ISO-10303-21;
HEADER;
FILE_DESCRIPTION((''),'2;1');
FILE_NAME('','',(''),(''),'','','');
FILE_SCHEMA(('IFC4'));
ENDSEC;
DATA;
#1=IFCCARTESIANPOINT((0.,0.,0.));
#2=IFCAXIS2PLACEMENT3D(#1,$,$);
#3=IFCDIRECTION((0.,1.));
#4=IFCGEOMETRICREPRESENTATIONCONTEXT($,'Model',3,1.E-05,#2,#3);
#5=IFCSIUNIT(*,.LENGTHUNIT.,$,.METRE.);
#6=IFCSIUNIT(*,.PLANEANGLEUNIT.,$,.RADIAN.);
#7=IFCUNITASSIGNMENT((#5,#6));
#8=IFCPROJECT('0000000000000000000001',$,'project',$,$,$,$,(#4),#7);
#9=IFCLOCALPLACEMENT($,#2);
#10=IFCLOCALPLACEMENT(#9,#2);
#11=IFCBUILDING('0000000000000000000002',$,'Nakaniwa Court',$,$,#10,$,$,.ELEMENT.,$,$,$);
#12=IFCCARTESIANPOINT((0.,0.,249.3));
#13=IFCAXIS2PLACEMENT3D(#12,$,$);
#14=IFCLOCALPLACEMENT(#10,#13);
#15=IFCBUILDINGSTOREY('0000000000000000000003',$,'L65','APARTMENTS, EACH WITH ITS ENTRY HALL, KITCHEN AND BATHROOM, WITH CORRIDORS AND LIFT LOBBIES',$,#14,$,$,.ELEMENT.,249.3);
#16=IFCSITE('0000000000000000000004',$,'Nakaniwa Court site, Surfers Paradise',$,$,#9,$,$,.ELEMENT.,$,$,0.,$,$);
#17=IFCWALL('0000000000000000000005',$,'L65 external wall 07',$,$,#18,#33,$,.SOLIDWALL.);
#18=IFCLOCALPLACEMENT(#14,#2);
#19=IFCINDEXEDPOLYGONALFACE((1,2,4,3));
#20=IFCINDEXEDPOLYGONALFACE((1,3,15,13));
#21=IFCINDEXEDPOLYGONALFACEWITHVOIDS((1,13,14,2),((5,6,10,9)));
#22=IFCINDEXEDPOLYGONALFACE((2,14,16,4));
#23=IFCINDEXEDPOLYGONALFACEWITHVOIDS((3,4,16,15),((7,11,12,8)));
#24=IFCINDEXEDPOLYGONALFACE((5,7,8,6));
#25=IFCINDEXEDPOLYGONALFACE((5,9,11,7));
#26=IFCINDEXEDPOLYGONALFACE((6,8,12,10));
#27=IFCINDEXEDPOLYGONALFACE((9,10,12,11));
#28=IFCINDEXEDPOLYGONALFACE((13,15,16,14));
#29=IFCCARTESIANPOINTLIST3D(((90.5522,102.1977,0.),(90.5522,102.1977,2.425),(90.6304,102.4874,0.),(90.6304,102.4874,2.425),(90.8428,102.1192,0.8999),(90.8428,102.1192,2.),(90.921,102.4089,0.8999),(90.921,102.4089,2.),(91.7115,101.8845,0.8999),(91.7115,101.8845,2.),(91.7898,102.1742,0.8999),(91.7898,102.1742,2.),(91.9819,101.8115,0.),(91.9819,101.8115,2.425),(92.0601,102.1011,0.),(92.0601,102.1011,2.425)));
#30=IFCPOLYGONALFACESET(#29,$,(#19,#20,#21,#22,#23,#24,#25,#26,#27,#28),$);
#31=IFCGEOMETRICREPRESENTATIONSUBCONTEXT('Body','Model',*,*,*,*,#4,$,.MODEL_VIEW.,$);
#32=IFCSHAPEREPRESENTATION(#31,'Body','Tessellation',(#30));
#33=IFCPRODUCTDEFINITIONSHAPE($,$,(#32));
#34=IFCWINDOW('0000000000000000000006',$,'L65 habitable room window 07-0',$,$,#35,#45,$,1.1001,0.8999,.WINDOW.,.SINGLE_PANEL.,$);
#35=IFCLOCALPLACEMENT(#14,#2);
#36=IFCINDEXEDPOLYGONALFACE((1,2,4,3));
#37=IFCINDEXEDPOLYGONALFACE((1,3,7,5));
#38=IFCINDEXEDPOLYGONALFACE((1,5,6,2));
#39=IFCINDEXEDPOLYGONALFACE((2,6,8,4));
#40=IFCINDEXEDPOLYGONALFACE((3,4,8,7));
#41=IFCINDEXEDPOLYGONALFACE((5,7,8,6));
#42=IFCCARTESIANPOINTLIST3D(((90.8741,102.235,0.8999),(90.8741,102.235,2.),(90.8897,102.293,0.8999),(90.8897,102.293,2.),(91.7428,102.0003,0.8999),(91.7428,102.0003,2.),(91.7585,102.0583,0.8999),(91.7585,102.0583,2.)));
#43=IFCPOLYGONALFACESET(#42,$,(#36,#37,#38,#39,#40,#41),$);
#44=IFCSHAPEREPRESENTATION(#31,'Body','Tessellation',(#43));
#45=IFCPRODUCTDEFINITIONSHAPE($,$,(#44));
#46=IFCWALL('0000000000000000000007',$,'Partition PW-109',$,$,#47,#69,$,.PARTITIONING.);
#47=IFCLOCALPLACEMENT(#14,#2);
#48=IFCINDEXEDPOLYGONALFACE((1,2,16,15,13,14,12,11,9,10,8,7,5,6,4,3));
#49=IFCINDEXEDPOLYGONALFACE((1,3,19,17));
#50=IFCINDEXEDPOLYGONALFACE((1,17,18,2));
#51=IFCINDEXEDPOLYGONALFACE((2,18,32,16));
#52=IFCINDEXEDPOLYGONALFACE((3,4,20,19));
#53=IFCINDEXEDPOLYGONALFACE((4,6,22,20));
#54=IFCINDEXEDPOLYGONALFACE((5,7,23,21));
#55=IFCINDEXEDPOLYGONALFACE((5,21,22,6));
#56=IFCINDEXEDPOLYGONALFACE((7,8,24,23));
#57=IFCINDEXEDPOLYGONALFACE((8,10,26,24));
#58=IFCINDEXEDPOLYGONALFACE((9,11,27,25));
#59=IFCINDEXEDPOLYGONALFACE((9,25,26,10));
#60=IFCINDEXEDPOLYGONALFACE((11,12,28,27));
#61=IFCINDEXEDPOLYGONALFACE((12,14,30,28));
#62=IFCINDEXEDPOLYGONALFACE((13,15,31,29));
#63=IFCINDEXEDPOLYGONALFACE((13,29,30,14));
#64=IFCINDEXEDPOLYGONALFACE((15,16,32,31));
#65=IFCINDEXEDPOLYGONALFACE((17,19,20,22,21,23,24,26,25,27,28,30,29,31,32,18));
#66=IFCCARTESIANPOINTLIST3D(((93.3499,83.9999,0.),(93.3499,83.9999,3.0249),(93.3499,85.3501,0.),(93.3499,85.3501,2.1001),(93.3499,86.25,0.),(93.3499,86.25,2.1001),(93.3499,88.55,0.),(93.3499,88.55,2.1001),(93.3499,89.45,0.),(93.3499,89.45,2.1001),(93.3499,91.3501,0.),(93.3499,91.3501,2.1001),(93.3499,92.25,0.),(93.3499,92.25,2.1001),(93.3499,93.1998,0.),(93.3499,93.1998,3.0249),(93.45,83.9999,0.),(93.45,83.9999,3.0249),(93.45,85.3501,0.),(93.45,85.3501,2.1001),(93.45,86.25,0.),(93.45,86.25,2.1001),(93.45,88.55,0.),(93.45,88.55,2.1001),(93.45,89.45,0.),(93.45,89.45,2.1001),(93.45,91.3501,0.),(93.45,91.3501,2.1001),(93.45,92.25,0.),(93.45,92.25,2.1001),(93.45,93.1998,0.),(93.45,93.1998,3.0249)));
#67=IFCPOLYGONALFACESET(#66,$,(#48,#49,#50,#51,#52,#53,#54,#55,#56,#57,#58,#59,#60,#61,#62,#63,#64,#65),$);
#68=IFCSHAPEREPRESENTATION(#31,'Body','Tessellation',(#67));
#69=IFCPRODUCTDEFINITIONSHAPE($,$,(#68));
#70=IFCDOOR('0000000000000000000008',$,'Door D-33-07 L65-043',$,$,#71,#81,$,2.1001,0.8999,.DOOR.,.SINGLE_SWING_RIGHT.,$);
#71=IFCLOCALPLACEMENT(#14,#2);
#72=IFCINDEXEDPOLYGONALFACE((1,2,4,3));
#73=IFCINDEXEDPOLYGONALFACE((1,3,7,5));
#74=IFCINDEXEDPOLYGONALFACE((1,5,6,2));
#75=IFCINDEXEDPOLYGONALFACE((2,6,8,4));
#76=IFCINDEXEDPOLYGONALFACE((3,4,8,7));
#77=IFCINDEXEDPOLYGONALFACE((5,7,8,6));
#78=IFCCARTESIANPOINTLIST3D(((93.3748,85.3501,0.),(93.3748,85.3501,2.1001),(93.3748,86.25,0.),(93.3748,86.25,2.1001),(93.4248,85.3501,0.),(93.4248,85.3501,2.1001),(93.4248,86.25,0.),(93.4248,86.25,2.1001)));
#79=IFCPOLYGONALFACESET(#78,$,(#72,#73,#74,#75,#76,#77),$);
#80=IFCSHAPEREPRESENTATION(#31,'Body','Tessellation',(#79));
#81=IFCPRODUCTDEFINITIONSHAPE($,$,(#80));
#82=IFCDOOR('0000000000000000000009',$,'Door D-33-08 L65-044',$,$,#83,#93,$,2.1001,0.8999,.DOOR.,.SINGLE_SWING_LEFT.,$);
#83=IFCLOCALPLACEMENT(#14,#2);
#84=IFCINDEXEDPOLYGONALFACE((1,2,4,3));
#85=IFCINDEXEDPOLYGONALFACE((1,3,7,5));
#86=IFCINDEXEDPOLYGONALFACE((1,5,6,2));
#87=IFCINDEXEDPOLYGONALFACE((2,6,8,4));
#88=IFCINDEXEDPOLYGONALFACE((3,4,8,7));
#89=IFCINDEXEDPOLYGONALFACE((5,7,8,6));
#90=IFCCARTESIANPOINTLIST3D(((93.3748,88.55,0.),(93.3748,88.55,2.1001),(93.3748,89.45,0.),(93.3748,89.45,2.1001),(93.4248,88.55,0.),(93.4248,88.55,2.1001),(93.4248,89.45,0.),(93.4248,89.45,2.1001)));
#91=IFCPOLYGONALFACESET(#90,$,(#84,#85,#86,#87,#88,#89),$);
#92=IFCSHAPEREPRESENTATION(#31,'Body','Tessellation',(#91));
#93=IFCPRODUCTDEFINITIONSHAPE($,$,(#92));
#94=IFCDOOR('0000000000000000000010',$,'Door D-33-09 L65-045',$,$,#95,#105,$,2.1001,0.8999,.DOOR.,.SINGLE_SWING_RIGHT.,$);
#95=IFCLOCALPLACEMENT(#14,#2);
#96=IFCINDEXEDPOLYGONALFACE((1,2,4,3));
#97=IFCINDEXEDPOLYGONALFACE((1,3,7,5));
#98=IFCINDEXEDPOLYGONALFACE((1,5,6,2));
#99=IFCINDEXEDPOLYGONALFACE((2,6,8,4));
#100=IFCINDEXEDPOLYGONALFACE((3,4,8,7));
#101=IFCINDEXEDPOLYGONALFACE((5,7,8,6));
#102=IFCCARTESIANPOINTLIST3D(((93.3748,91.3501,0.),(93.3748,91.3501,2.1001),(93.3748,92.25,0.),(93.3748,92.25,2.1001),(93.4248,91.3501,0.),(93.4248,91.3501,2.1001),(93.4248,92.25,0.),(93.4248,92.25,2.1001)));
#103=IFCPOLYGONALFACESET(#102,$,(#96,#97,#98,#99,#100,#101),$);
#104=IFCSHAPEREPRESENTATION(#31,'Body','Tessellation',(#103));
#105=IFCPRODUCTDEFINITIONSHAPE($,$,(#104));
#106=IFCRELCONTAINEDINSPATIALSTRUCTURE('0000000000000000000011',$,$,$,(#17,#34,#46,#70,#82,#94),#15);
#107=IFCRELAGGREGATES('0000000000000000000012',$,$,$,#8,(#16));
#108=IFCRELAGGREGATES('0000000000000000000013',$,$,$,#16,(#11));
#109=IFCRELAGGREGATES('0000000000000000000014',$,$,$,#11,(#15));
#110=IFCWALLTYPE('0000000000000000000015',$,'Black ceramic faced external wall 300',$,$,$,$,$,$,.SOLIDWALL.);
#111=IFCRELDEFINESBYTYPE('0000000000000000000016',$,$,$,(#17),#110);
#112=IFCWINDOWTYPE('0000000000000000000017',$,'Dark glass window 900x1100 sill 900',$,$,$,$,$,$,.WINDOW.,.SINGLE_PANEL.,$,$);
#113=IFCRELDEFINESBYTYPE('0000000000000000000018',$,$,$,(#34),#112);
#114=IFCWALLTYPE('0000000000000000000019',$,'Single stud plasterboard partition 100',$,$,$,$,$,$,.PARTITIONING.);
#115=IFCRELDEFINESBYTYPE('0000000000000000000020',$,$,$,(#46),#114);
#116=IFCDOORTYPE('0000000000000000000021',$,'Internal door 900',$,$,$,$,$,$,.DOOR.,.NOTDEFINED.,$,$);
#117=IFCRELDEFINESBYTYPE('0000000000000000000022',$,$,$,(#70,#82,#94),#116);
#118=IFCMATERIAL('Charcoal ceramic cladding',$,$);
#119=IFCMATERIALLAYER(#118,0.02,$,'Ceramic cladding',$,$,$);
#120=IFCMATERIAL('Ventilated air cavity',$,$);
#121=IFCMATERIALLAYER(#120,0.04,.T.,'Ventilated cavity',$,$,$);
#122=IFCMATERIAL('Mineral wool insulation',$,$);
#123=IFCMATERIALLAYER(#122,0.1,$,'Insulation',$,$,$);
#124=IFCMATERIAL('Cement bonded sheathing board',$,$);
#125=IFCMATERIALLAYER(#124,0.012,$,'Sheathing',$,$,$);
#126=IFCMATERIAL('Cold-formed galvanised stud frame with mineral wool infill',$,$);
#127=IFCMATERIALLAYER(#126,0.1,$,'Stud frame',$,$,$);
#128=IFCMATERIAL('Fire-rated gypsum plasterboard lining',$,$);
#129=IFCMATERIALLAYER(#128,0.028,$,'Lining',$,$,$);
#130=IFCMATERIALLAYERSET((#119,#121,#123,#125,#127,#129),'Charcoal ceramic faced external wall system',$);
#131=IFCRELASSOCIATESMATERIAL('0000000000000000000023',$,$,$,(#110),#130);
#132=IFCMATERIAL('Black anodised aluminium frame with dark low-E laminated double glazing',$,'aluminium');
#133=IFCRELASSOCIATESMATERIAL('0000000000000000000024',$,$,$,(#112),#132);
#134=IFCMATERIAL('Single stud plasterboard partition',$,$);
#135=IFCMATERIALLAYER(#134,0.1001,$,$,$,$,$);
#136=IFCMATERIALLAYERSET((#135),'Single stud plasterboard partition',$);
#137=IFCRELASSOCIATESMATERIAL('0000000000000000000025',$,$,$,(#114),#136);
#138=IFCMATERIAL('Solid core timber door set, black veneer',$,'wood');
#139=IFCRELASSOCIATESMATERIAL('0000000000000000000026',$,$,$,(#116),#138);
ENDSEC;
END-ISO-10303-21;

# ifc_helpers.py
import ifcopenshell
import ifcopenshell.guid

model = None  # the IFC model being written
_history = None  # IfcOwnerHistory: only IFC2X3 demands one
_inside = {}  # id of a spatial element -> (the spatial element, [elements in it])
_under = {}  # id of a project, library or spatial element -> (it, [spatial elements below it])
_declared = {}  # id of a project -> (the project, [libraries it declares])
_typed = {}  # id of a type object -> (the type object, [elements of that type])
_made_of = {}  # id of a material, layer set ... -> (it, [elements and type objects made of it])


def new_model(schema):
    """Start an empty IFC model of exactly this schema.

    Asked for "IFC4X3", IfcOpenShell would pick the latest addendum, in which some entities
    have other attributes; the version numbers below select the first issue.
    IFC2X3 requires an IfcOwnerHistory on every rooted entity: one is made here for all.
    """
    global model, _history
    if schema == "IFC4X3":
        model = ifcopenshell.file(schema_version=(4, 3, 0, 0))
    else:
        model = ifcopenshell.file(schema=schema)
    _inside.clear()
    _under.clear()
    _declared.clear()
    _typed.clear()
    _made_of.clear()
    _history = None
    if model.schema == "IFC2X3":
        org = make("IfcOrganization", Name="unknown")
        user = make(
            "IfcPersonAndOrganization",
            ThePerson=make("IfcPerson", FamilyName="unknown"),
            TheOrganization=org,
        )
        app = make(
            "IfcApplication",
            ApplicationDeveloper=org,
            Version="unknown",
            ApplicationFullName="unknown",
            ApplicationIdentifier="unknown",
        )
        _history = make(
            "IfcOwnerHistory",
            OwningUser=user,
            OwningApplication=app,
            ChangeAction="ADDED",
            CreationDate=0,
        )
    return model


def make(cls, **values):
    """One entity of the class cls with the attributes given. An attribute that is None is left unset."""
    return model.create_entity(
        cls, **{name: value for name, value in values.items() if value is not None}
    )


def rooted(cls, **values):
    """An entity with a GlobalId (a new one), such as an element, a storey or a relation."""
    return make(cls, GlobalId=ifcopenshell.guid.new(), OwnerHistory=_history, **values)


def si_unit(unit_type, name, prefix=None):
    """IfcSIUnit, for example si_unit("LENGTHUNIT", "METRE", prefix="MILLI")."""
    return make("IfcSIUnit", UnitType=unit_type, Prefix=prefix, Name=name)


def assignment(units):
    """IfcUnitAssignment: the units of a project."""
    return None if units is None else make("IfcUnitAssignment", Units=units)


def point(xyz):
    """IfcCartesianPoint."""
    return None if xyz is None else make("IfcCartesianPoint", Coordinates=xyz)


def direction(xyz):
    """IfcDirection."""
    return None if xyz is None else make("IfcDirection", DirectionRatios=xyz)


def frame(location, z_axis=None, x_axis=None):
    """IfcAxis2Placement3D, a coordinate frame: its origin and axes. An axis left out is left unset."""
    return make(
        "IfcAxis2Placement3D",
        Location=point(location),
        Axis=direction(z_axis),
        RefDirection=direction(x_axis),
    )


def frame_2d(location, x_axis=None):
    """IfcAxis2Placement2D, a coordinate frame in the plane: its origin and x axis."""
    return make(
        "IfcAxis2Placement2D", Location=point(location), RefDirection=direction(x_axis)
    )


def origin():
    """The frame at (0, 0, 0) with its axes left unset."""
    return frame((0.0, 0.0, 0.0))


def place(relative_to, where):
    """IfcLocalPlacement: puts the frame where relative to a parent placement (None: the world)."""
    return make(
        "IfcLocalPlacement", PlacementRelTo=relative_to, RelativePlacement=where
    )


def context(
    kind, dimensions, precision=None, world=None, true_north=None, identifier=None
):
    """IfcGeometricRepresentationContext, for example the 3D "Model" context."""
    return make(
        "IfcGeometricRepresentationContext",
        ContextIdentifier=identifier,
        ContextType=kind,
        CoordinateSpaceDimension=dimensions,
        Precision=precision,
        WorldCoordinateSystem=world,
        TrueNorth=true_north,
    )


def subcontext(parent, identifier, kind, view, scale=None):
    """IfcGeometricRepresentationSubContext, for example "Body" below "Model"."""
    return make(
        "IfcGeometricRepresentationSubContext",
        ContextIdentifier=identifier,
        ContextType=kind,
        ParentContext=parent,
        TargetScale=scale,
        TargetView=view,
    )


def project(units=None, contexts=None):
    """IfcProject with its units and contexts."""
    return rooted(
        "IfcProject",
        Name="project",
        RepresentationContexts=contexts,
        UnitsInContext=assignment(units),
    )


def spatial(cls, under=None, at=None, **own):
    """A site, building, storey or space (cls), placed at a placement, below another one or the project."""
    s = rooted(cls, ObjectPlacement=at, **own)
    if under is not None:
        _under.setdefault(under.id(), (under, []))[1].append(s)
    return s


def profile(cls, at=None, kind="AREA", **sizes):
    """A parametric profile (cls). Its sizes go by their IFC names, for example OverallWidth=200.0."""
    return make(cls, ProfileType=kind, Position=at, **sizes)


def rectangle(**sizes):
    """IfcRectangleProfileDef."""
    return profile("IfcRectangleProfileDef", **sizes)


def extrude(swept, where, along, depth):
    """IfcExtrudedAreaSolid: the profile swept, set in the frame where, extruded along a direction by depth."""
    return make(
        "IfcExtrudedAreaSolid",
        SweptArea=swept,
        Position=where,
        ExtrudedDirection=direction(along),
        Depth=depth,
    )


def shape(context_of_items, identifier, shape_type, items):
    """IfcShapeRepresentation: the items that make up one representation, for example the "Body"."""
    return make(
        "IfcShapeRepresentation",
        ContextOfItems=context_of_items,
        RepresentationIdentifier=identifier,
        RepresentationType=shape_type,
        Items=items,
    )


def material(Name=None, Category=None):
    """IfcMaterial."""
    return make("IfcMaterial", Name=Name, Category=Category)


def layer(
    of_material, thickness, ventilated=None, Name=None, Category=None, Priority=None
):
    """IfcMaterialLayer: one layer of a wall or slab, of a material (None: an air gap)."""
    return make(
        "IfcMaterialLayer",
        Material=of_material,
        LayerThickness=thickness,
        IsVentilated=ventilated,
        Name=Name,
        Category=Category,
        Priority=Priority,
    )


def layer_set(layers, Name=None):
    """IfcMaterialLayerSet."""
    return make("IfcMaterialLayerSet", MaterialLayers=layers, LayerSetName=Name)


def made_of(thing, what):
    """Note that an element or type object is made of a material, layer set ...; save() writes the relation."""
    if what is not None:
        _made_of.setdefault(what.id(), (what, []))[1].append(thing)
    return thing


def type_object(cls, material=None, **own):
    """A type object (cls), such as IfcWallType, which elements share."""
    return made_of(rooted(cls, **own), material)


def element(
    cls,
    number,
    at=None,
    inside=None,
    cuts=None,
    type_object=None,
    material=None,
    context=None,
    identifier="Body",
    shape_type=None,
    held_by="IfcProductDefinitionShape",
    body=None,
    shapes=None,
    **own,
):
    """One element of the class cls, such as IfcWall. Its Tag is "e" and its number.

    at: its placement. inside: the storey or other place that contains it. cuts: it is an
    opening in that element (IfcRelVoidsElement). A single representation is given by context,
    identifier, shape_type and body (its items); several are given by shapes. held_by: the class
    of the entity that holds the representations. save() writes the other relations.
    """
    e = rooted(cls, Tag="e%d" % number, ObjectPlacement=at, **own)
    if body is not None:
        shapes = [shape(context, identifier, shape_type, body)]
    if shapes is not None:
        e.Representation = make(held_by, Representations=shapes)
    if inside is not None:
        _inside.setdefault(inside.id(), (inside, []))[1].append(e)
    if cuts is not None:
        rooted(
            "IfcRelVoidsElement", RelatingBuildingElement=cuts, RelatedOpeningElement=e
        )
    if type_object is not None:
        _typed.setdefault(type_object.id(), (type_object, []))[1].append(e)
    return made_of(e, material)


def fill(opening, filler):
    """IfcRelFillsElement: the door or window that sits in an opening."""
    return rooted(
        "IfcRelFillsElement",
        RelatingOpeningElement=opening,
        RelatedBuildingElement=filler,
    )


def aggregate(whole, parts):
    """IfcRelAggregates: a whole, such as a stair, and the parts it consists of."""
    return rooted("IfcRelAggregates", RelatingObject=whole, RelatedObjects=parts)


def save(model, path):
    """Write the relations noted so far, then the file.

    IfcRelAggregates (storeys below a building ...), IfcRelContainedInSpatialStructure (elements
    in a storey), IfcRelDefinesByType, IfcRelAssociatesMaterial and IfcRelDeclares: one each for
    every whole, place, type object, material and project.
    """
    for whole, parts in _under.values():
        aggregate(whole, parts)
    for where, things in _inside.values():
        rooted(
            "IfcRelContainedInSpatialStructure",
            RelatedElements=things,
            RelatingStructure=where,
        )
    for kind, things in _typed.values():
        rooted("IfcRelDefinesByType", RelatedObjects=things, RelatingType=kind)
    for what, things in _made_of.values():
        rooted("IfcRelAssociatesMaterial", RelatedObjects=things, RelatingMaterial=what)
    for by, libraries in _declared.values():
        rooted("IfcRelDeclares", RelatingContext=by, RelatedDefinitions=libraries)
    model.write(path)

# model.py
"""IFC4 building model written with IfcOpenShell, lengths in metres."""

from ifc_helpers import new_model, si_unit, direction, frame, frame_2d, origin, place, context, subcontext, project, spatial, rectangle, extrude, material, layer, layer_set, type_object, element, fill, save


model = new_model("IFC4")

# Units and contexts
model_context = context("Model", 3, precision=1e-05, world=origin(), true_north=direction((0.0, 1.0)))
body_context = subcontext(model_context, "Body", "Model", "MODEL_VIEW")
ifc_project = project(units=[si_unit("LENGTHUNIT", "METRE"), si_unit("PLANEANGLEUNIT", "RADIAN")], contexts=[model_context])

# Site, building, storey
site_placement = place(None, origin())
site = spatial("IfcSite", under=ifc_project, at=site_placement, Name="Nakaniwa Court site, Surfers Paradise", CompositionType="ELEMENT", RefElevation=0.0)
building_placement = place(site_placement, origin())
building = spatial("IfcBuilding", under=site, at=building_placement, Name="Nakaniwa Court", CompositionType="ELEMENT")
storey_placement = place(building_placement, frame((0.0, 0.0, 249.3)))
storey = spatial("IfcBuildingStorey", under=building, at=storey_placement, Name="L65", Description="APARTMENTS, EACH WITH ITS ENTRY HALL, KITCHEN AND BATHROOM, WITH CORRIDORS AND LIFT LOBBIES", CompositionType="ELEMENT", Elevation=249.3)

# Shared definitions
ifc_material_1 = material(Name="Solid core timber door set, black veneer", Category="wood")

# Wall, opening, window
ifc_material_2 = material(Name="Charcoal ceramic cladding")
ifc_layer_1 = layer(ifc_material_2, 0.02, Name="Ceramic cladding")
ifc_material_3 = material(Name="Ventilated air cavity")
ifc_layer_2 = layer(ifc_material_3, 0.04, ventilated=True, Name="Ventilated cavity")
ifc_material_4 = material(Name="Mineral wool insulation")
ifc_layer_3 = layer(ifc_material_4, 0.1, Name="Insulation")
ifc_material_5 = material(Name="Cement bonded sheathing board")
ifc_layer_4 = layer(ifc_material_5, 0.012, Name="Sheathing")
ifc_material_6 = material(Name="Cold-formed galvanised stud frame with mineral wool infill")
ifc_layer_5 = layer(ifc_material_6, 0.1, Name="Stud frame")
ifc_material_7 = material(Name="Fire-rated gypsum plasterboard lining")
ifc_layer_6 = layer(ifc_material_7, 0.028, Name="Lining")
ifc_layer_set_1 = layer_set([ifc_layer_1, ifc_layer_2, ifc_layer_3, ifc_layer_4, ifc_layer_5, ifc_layer_6], Name="Charcoal ceramic faced external wall system")
wall_type_1 = type_object("IfcWallType", Name="Black ceramic faced external wall 300", PredefinedType="SOLIDWALL", material=ifc_layer_set_1)
ifc_material_8 = material(Name="Black anodised aluminium frame with dark low-E laminated double glazing", Category="aluminium")
window_type_1 = type_object("IfcWindowType", Name="Dark glass window 900x1100 sill 900", PartitioningType="SINGLE_PANEL", PredefinedType="WINDOW", material=ifc_material_8)
wall_1_placement = place(storey_placement, frame((92.021, 101.9563, 0.0), z_axis=(0.0, 0.0, 1.0), x_axis=(-0.965393, 0.260801, 0.0)))
wall_1 = element("IfcWall", 1, at=wall_1_placement, inside=storey, type_object=wall_type_1, Name="L65 external wall 07", PredefinedType="SOLIDWALL", context=body_context, shape_type="SweptSolid", body=[
    extrude(rectangle(XDim=1.481, YDim=0.3, at=frame_2d((0.7405, 0.0))), origin(), (0.0, 0.0, 1.0), 2.425),
])
opening_1_placement = place(wall_1_placement, frame((0.28, 0.0, 0.8999)))
opening_1 = element("IfcOpeningElement", 2, at=opening_1_placement, cuts=wall_1, PredefinedType="OPENING", context=body_context, shape_type="SweptSolid", body=[
    extrude(rectangle(XDim=0.8999, YDim=1.1001, at=frame_2d((0.45, 0.55))), frame((0.0, 0.1599, 0.0), z_axis=(0.0, -1.0, 0.0), x_axis=(1.0, 0.0, 0.0)), (0.0, 0.0, 1.0), 0.3201),
])
window_1_placement = place(opening_1_placement, origin())
window_1 = element("IfcWindow", 3, at=window_1_placement, inside=storey, type_object=window_type_1, Name="L65 habitable room window 07-0", OverallHeight=1.1001, OverallWidth=0.8999, PartitioningType="SINGLE_PANEL", PredefinedType="WINDOW", context=body_context, shape_type="SweptSolid", body=[
    extrude(rectangle(XDim=0.8999, YDim=1.1001, at=frame_2d((0.45, 0.55))), frame((0.0, 0.03, 0.0), z_axis=(0.0, -1.0, 0.0), x_axis=(1.0, 0.0, 0.0)), (0.0, 0.0, 1.0), 0.0601),
])
fill(opening_1, window_1)

# Wall, openings, doors
ifc_material_9 = material(Name="Single stud plasterboard partition")
ifc_layer_7 = layer(ifc_material_9, 0.1001)
ifc_layer_set_2 = layer_set([ifc_layer_7], Name="Single stud plasterboard partition")
wall_type_2 = type_object("IfcWallType", Name="Single stud plasterboard partition 100", PredefinedType="PARTITIONING", material=ifc_layer_set_2)
wall_2_placement = place(storey_placement, frame((93.3999, 93.2, 0.0), z_axis=(0.0, 0.0, 1.0), x_axis=(0.0, -1.0, 0.0)))
wall_2 = element("IfcWall", 4, at=wall_2_placement, inside=storey, type_object=wall_type_2, Name="Partition PW-109", PredefinedType="PARTITIONING", context=body_context, shape_type="SweptSolid", body=[
    extrude(rectangle(XDim=9.2, YDim=0.1001, at=frame_2d((4.6001, 0.0))), origin(), (0.0, 0.0, 1.0), 3.0249),
])
opening_2_placement = place(wall_2_placement, frame((6.95, 0.0, 0.0)))
opening_2 = element("IfcOpeningElement", 5, at=opening_2_placement, cuts=wall_2, PredefinedType="OPENING", context=body_context, shape_type="SweptSolid", body=[
    extrude(rectangle(XDim=0.8999, YDim=2.1001, at=frame_2d((0.45, 1.05))), frame((0.0, 0.0601, 0.0), z_axis=(0.0, -1.0, 0.0), x_axis=(1.0, 0.0, 0.0)), (0.0, 0.0, 1.0), 0.1201),
])
opening_3_placement = place(wall_2_placement, frame((3.75, 0.0, 0.0)))
opening_3 = element("IfcOpeningElement", 6, at=opening_3_placement, cuts=wall_2, PredefinedType="OPENING", context=body_context, shape_type="SweptSolid", body=[
    extrude(rectangle(XDim=0.8999, YDim=2.1001, at=frame_2d((0.45, 1.05))), frame((0.0, 0.0601, 0.0), z_axis=(0.0, -1.0, 0.0), x_axis=(1.0, 0.0, 0.0)), (0.0, 0.0, 1.0), 0.1201),
])
opening_4_placement = place(wall_2_placement, frame((0.95, 0.0, 0.0)))
opening_4 = element("IfcOpeningElement", 7, at=opening_4_placement, cuts=wall_2, PredefinedType="OPENING", context=body_context, shape_type="SweptSolid", body=[
    extrude(rectangle(XDim=0.8999, YDim=2.1001, at=frame_2d((0.45, 1.05))), frame((0.0, 0.0601, 0.0), z_axis=(0.0, -1.0, 0.0), x_axis=(1.0, 0.0, 0.0)), (0.0, 0.0, 1.0), 0.1201),
])
door_type_1 = type_object("IfcDoorType", Name="Internal door 900", OperationType="NOTDEFINED", PredefinedType="DOOR", material=ifc_material_1)
door_1_placement = place(opening_2_placement, origin())
door_1 = element("IfcDoor", 8, at=door_1_placement, inside=storey, type_object=door_type_1, Name="Door D-33-07 L65-043", OperationType="SINGLE_SWING_RIGHT", OverallHeight=2.1001, OverallWidth=0.8999, PredefinedType="DOOR", context=body_context, shape_type="SweptSolid", body=[
    extrude(rectangle(XDim=0.8999, YDim=2.1001, at=frame_2d((0.45, 1.05))), frame((0.0, 0.0249, 0.0), z_axis=(0.0, -1.0, 0.0), x_axis=(1.0, 0.0, 0.0)), (0.0, 0.0, 1.0), 0.05),
])
fill(opening_2, door_1)
door_2_placement = place(opening_3_placement, origin())
door_2 = element("IfcDoor", 9, at=door_2_placement, inside=storey, type_object=door_type_1, Name="Door D-33-08 L65-044", OperationType="SINGLE_SWING_LEFT", OverallHeight=2.1001, OverallWidth=0.8999, PredefinedType="DOOR", context=body_context, shape_type="SweptSolid", body=[
    extrude(rectangle(XDim=0.8999, YDim=2.1001, at=frame_2d((0.45, 1.05))), frame((0.0, 0.0249, 0.0), z_axis=(0.0, -1.0, 0.0), x_axis=(1.0, 0.0, 0.0)), (0.0, 0.0, 1.0), 0.05),
])
fill(opening_3, door_2)
door_3_placement = place(opening_4_placement, origin())
door_3 = element("IfcDoor", 10, at=door_3_placement, inside=storey, type_object=door_type_1, Name="Door D-33-09 L65-045", OperationType="SINGLE_SWING_RIGHT", OverallHeight=2.1001, OverallWidth=0.8999, PredefinedType="DOOR", context=body_context, shape_type="SweptSolid", body=[
    extrude(rectangle(XDim=0.8999, YDim=2.1001, at=frame_2d((0.45, 1.05))), frame((0.0, 0.0249, 0.0), z_axis=(0.0, -1.0, 0.0), x_axis=(1.0, 0.0, 0.0)), (0.0, 0.0, 1.0), 0.05),
])
fill(opening_4, door_3)

save(model, "model.ifc")
